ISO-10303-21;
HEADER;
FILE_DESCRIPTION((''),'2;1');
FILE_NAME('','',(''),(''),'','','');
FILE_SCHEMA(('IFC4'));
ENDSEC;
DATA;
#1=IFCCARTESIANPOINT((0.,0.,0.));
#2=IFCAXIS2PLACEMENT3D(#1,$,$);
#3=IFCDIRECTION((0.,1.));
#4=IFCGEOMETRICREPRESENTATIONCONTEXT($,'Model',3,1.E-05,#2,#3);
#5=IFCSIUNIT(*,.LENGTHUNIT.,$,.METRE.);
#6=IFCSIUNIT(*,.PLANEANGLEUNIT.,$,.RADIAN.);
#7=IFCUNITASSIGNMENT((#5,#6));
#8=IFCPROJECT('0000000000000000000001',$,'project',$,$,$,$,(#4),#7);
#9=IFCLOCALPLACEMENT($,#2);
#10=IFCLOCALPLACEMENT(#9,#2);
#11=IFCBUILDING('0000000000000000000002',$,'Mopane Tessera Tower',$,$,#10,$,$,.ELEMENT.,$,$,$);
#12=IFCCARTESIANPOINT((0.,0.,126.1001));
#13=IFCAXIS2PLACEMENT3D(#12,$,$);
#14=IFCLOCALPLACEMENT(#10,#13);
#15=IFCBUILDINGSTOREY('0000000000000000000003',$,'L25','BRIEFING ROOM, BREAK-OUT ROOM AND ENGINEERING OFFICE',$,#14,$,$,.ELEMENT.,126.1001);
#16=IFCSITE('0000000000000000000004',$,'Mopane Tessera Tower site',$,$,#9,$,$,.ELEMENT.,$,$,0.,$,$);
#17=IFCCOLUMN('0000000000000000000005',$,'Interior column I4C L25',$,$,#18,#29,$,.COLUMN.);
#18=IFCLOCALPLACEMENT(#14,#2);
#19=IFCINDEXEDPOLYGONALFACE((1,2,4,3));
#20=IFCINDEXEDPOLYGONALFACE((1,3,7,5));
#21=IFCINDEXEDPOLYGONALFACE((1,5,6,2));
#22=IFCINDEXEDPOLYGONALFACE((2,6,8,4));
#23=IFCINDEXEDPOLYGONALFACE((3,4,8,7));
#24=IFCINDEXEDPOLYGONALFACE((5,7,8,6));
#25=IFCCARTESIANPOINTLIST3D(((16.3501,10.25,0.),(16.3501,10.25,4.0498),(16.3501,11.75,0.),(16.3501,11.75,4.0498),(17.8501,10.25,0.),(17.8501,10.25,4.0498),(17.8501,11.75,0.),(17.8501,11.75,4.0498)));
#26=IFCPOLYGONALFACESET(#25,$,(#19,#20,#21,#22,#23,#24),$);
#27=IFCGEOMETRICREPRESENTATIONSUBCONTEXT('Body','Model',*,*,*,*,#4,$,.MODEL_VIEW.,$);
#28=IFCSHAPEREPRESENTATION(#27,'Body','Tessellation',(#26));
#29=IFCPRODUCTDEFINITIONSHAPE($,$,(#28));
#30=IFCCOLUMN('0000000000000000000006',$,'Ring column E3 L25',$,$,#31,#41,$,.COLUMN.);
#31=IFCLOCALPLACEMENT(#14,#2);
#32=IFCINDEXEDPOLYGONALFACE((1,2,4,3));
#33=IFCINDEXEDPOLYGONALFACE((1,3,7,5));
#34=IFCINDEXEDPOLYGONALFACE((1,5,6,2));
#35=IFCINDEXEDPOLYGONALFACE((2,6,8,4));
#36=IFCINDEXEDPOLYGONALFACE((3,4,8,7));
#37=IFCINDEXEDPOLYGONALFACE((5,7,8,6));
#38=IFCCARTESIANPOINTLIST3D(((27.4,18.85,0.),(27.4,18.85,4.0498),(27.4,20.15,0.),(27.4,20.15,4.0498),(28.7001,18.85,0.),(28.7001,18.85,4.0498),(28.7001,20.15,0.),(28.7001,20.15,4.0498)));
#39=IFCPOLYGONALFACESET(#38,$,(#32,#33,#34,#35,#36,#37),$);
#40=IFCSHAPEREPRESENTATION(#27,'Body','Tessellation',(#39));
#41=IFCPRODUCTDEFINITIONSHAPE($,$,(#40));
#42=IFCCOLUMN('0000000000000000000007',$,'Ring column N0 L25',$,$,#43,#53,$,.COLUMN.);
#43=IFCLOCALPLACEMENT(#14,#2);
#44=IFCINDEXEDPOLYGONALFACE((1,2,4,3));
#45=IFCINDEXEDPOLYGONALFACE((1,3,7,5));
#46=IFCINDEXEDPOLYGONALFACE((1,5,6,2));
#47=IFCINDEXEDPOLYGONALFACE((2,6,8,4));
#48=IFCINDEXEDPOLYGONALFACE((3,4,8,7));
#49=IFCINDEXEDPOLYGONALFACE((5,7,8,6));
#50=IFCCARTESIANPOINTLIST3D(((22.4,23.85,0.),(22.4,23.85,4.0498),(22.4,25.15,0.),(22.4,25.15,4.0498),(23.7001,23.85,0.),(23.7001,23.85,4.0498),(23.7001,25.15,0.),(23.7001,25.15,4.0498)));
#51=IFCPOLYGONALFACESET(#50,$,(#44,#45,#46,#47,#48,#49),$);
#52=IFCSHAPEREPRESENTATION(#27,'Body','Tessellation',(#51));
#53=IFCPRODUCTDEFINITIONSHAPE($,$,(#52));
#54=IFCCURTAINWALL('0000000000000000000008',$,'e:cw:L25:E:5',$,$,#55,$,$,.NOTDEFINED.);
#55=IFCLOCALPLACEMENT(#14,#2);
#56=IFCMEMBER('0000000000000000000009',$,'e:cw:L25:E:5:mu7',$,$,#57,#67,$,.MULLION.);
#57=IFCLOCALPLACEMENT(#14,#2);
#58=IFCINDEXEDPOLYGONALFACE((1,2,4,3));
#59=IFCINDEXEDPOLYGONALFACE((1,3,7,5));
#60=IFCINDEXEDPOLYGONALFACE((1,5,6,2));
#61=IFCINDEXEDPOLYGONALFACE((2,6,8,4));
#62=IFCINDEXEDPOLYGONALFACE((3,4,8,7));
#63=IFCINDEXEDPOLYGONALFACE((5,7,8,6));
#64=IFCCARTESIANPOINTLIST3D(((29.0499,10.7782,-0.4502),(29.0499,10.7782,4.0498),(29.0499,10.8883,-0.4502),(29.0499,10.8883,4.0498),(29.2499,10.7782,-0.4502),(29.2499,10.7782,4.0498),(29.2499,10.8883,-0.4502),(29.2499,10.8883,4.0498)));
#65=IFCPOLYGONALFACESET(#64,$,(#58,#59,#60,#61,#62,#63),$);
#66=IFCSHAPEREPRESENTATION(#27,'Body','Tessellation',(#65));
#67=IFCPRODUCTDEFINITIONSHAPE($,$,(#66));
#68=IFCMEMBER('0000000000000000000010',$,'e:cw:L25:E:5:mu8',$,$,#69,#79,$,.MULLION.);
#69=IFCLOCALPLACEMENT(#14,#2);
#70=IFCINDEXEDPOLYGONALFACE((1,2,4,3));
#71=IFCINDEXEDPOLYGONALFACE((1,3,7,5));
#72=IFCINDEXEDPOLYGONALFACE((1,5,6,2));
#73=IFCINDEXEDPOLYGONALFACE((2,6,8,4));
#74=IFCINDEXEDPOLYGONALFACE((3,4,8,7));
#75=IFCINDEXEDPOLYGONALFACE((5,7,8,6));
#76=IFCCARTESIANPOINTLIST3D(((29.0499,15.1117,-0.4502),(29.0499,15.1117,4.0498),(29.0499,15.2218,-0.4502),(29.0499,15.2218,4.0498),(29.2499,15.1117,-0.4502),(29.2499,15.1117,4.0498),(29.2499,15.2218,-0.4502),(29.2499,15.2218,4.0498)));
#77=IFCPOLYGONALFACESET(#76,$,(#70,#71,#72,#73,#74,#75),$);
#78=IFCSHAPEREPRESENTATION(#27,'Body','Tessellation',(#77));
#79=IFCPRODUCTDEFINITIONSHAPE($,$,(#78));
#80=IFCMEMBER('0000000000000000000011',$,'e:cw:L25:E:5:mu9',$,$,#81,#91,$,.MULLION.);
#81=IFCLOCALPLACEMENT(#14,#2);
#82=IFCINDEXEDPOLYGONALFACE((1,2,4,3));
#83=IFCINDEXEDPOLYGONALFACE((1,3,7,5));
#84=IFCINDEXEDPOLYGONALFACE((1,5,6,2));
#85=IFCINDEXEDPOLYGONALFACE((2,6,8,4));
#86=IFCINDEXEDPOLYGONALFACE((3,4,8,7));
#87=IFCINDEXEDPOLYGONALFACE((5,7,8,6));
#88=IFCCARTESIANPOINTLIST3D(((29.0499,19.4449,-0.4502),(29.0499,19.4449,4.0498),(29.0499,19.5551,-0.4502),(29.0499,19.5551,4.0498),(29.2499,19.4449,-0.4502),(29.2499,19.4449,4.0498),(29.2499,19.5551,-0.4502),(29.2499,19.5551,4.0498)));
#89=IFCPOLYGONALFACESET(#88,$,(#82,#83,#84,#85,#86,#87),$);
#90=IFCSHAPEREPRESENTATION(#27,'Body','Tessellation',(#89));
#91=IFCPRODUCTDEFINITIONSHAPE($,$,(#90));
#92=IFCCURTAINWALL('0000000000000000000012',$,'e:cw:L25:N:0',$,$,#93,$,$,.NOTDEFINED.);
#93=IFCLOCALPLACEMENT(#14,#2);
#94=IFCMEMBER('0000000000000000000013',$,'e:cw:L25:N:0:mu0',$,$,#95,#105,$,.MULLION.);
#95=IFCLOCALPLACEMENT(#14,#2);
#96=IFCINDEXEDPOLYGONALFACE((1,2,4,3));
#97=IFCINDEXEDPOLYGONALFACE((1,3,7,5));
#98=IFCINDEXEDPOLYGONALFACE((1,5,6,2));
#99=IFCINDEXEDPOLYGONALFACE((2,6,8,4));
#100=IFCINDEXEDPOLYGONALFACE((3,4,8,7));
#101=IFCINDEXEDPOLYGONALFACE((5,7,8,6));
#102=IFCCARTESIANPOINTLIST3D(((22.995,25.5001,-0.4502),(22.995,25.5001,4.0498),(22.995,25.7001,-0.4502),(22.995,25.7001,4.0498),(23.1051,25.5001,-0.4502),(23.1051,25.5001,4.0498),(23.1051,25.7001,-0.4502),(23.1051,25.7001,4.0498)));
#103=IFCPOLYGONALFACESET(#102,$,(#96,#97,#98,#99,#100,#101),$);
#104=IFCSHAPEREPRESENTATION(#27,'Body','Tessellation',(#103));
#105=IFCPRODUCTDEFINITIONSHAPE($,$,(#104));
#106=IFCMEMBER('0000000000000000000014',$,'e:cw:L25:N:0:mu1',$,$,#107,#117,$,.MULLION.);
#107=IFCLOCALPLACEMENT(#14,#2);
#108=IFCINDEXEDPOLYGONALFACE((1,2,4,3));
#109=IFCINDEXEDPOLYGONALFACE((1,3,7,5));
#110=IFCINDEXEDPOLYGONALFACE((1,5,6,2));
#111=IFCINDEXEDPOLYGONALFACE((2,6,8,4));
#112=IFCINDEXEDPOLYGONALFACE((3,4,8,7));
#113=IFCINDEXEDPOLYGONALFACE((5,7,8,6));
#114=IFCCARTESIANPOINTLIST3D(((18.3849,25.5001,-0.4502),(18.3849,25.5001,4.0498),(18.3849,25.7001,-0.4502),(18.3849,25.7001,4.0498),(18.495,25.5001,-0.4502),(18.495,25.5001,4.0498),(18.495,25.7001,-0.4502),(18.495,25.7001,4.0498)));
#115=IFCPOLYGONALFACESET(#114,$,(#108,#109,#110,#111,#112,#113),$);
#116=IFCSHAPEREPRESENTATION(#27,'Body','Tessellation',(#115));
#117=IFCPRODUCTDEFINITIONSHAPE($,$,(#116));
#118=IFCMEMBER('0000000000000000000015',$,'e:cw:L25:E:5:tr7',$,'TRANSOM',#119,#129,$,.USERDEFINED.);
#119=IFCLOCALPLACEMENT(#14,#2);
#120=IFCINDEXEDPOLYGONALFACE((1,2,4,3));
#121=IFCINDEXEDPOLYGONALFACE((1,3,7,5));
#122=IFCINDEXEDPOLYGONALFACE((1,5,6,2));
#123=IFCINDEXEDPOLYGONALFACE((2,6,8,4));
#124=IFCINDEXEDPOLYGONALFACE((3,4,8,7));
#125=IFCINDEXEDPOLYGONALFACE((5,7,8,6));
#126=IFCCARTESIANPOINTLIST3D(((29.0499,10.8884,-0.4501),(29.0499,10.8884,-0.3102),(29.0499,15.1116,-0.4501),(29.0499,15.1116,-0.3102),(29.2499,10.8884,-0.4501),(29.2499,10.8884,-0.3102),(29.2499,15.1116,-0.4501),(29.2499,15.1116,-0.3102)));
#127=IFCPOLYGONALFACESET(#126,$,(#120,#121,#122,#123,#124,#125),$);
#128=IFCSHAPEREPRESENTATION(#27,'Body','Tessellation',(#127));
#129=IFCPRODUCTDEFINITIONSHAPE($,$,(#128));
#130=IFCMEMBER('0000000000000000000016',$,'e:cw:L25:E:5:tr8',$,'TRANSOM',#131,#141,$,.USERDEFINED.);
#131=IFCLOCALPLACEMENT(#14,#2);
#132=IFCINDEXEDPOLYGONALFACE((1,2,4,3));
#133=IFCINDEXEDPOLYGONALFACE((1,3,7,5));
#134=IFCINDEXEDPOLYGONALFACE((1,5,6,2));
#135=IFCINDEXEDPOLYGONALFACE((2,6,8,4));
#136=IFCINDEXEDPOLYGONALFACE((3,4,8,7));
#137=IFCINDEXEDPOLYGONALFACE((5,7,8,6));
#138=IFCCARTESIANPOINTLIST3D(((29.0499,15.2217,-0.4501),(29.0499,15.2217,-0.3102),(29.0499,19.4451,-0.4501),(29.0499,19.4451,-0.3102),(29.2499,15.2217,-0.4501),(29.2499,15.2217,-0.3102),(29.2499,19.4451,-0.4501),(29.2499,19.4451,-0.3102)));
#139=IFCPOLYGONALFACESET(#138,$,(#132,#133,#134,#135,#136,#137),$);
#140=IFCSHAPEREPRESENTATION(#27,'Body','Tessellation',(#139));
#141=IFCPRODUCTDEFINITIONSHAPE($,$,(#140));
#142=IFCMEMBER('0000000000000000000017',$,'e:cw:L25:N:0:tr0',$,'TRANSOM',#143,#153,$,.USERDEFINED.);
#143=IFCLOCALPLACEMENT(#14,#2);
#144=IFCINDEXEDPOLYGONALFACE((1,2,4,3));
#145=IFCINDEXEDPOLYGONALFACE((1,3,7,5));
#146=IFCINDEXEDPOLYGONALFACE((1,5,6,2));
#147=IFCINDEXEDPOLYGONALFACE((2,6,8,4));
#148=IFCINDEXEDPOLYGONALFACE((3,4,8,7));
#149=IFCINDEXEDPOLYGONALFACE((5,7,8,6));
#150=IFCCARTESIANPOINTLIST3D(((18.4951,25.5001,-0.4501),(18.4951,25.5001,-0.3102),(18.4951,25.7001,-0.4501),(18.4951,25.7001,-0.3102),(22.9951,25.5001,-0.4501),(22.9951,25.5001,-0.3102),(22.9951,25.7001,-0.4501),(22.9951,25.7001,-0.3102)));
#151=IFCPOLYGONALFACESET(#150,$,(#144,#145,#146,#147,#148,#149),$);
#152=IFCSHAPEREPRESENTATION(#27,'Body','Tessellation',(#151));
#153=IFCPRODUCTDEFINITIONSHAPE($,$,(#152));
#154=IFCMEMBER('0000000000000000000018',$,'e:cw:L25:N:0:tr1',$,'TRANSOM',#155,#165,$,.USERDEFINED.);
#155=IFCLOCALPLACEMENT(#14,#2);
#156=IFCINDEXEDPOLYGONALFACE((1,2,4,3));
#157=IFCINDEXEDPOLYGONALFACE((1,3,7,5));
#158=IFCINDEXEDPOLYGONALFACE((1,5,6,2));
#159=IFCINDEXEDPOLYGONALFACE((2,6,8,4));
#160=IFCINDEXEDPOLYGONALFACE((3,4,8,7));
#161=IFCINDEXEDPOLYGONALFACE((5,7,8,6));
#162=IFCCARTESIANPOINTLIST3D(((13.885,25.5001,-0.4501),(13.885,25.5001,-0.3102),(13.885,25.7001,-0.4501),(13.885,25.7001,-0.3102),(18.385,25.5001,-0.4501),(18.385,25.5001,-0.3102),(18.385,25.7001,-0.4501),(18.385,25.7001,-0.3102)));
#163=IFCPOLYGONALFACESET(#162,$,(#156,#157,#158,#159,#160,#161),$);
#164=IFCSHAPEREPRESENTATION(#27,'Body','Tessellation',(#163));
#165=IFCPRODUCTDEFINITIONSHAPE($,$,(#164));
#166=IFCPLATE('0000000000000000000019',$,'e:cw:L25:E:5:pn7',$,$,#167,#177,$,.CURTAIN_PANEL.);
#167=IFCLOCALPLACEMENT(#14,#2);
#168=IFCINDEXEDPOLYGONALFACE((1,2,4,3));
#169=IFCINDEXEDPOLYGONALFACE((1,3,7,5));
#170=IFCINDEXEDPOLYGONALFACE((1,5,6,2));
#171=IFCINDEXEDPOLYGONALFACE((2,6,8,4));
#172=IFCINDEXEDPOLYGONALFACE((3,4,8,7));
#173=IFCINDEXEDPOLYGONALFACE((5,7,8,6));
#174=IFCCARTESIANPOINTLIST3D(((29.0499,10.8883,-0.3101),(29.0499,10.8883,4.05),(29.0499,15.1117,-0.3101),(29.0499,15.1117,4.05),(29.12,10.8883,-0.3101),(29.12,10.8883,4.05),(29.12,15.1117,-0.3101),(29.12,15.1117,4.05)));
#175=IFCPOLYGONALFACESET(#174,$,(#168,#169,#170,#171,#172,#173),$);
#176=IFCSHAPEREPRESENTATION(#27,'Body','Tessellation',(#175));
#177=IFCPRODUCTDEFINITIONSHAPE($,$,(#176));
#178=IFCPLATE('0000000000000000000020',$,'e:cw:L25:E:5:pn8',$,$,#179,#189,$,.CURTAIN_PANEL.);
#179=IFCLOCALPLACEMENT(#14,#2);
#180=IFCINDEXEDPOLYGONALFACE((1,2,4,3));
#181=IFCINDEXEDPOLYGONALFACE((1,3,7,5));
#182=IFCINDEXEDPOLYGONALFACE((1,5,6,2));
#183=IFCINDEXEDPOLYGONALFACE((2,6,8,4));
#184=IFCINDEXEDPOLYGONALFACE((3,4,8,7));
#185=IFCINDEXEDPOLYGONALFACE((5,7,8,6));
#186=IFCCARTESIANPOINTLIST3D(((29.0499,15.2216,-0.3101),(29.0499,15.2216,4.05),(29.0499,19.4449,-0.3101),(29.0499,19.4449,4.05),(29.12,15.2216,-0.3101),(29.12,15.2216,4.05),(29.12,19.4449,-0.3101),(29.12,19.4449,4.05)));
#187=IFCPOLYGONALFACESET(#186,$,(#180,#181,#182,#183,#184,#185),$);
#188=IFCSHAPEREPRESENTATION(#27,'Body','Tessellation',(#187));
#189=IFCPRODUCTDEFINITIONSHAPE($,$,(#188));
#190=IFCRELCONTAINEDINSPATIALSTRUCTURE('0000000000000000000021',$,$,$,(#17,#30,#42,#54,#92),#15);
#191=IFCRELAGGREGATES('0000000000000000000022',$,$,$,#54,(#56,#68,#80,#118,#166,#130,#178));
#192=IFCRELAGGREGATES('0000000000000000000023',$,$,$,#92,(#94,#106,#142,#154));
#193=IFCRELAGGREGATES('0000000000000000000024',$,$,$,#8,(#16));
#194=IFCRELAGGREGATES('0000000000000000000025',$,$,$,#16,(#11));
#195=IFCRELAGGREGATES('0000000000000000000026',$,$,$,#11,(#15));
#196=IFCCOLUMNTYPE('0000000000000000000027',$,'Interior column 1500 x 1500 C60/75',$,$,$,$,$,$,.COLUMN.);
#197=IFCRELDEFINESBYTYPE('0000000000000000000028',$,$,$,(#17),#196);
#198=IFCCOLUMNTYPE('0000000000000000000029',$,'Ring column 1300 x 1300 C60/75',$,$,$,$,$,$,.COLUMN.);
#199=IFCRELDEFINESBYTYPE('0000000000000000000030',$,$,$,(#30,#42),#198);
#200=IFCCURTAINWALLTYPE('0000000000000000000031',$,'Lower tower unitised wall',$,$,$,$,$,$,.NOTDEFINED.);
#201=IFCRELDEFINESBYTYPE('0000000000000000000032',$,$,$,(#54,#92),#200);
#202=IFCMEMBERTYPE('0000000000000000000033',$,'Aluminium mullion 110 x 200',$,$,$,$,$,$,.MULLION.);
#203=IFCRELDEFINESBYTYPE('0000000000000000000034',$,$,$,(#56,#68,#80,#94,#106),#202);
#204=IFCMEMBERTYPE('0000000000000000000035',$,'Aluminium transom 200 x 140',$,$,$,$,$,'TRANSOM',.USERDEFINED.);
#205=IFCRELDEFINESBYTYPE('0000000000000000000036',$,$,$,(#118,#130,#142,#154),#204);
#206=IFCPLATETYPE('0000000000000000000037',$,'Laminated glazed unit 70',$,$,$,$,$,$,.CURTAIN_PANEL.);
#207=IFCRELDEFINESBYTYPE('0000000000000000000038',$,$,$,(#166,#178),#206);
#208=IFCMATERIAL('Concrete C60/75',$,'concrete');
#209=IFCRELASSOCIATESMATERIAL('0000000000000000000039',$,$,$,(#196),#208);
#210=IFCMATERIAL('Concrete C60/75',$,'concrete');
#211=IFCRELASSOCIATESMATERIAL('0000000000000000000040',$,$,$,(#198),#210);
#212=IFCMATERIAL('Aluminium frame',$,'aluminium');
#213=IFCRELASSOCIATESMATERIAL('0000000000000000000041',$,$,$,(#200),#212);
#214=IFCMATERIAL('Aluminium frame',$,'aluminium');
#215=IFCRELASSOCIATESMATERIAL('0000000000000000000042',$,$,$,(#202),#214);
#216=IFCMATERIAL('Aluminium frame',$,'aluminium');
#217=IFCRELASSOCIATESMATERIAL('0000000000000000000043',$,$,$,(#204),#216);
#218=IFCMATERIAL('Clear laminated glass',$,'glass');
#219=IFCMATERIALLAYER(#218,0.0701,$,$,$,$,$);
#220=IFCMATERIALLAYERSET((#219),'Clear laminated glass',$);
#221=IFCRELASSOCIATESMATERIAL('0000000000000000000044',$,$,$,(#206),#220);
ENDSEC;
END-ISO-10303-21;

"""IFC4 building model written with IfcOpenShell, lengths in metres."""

from ifc_helpers import new_model, si_unit, direction, frame, origin, origin_2d, place, context, subcontext, project, spatial, rectangle, extrude, material, layer, layer_set, material_profile, profile_set, type_object, element, aggregate, save


model = new_model("IFC4")

# Units and contexts
model_context = context("Model", 3, precision=1e-05, world=origin(), true_north=direction((0.0, 1.0)))
body_context = subcontext(model_context, "Body", "Model", "MODEL_VIEW")
ifc_project = project(units=[si_unit("LENGTHUNIT", "METRE"), si_unit("PLANEANGLEUNIT", "RADIAN")], contexts=[model_context])

# Site, building, storey
site_placement = place(None, origin())
site = spatial("IfcSite", under=ifc_project, at=site_placement, Name="Mopane Tessera Tower site", CompositionType="ELEMENT", RefElevation=0.0)
building_placement = place(site_placement, origin())
building = spatial("IfcBuilding", under=site, at=building_placement, Name="Mopane Tessera Tower", CompositionType="ELEMENT")
storey_placement = place(building_placement, frame((0.0, 0.0, 126.1001)))
storey = spatial("IfcBuildingStorey", under=building, at=storey_placement, Name="L25", Description="BRIEFING ROOM, BREAK-OUT ROOM AND ENGINEERING OFFICE", CompositionType="ELEMENT", Elevation=126.1001)

# Columns
ifc_material_1 = material(Name="Concrete C60/75", Category="concrete")
ifc_material_profile_1 = material_profile(ifc_material_1, rectangle(XDim=1.5, YDim=1.5, at=origin_2d()))
ifc_profile_set_1 = profile_set([ifc_material_profile_1], Name="Concrete C60/75")
column_type_1 = type_object("IfcColumnType", Name="Interior column 1500 x 1500 C60/75", PredefinedType="COLUMN", material=ifc_profile_set_1)
column_placement = place(storey_placement, frame((17.1001, 11.0, 0.0), z_axis=(0.0, 0.0, 1.0), x_axis=(1.0, 0.0, 0.0)))
element("IfcColumn", 1, at=column_placement, inside=storey, type_object=column_type_1, Name="Interior column I4C L25", PredefinedType="COLUMN", context=body_context, shape_type="SweptSolid", body=[
    extrude(rectangle(XDim=1.5, YDim=1.5, at=origin_2d()), origin(), (0.0, 0.0, 1.0), 4.0498),
])
ifc_material_2 = material(Name="Concrete C60/75", Category="concrete")
ifc_material_profile_2 = material_profile(ifc_material_2, rectangle(XDim=1.3, YDim=1.3, at=origin_2d()))
ifc_profile_set_2 = profile_set([ifc_material_profile_2], Name="Concrete C60/75")
column_type_2 = type_object("IfcColumnType", Name="Ring column 1300 x 1300 C60/75", PredefinedType="COLUMN", material=ifc_profile_set_2)
for number, where, z_axis, x_axis, name in (
    (2, (28.05, 19.5, 0.0), (0.0, 0.0, 1.0), (1.0, 0.0, 0.0), "Ring column E3 L25"),
    (3, (23.05, 24.5, 0.0), (0.0, 0.0, 1.0), (1.0, 0.0, 0.0), "Ring column N0 L25"),
):
    element("IfcColumn", number, at=place(storey_placement, frame(where, z_axis=z_axis, x_axis=x_axis)), inside=storey, type_object=column_type_2, Name=name, PredefinedType="COLUMN", context=body_context, shape_type="SweptSolid", body=[
        extrude(rectangle(XDim=1.3, YDim=1.3, at=origin_2d()), origin(), (0.0, 0.0, 1.0), 4.0498),
    ])

# Curtain walls, members
ifc_material_3 = material(Name="Aluminium frame", Category="aluminium")
curtain_wall_type = type_object("IfcCurtainWallType", Name="Lower tower unitised wall", PredefinedType="NOTDEFINED", material=ifc_material_3)
curtain_wall_1_placement = place(storey_placement, origin())
curtain_wall_1 = element("IfcCurtainWall", 4, at=curtain_wall_1_placement, inside=storey, type_object=curtain_wall_type, Name="e:cw:L25:E:5", PredefinedType="NOTDEFINED")
ifc_material_4 = material(Name="Aluminium frame", Category="aluminium")
ifc_material_profile_3 = material_profile(ifc_material_4, rectangle(XDim=0.1101, YDim=0.2, at=origin_2d()))
ifc_profile_set_3 = profile_set([ifc_material_profile_3], Name="Aluminium frame")
member_type_1 = type_object("IfcMemberType", Name="Aluminium mullion 110 x 200", PredefinedType="MULLION", material=ifc_profile_set_3)
member_1_placement = place(storey_placement, frame((29.1499, 10.8333, -0.4502), z_axis=(0.0, 0.0, 1.0), x_axis=(0.0, 1.0, 0.0)))
member_1 = element("IfcMember", 5, at=member_1_placement, type_object=member_type_1, Name="e:cw:L25:E:5:mu7", PredefinedType="MULLION", context=body_context, shape_type="SweptSolid", body=[
    extrude(rectangle(XDim=0.1101, YDim=0.2, at=origin_2d()), origin(), (0.0, 0.0, 1.0), 4.5),
])
member_2_placement = place(storey_placement, frame((29.1499, 15.1667, -0.4502), z_axis=(0.0, 0.0, 1.0), x_axis=(0.0, 1.0, 0.0)))
member_2 = element("IfcMember", 6, at=member_2_placement, type_object=member_type_1, Name="e:cw:L25:E:5:mu8", PredefinedType="MULLION", context=body_context, shape_type="SweptSolid", body=[
    extrude(rectangle(XDim=0.1101, YDim=0.2, at=origin_2d()), origin(), (0.0, 0.0, 1.0), 4.5),
])
member_3_placement = place(storey_placement, frame((29.1499, 19.5, -0.4502), z_axis=(0.0, 0.0, 1.0), x_axis=(0.0, 1.0, 0.0)))
member_3 = element("IfcMember", 7, at=member_3_placement, type_object=member_type_1, Name="e:cw:L25:E:5:mu9", PredefinedType="MULLION", context=body_context, shape_type="SweptSolid", body=[
    extrude(rectangle(XDim=0.1101, YDim=0.2, at=origin_2d()), origin(), (0.0, 0.0, 1.0), 4.5),
])
curtain_wall_2_placement = place(storey_placement, origin())
curtain_wall_2 = element("IfcCurtainWall", 8, at=curtain_wall_2_placement, inside=storey, type_object=curtain_wall_type, Name="e:cw:L25:N:0", PredefinedType="NOTDEFINED")
member_4_placement = place(storey_placement, frame((23.05, 25.6001, -0.4502), z_axis=(0.0, 0.0, 1.0), x_axis=(-1.0, 0.0, 0.0)))
member_4 = element("IfcMember", 9, at=member_4_placement, type_object=member_type_1, Name="e:cw:L25:N:0:mu0", PredefinedType="MULLION", context=body_context, shape_type="SweptSolid", body=[
    extrude(rectangle(XDim=0.1101, YDim=0.2, at=origin_2d()), origin(), (0.0, 0.0, 1.0), 4.5),
])
member_5_placement = place(storey_placement, frame((18.4399, 25.6001, -0.4502), z_axis=(0.0, 0.0, 1.0), x_axis=(-1.0, 0.0, 0.0)))
member_5 = element("IfcMember", 10, at=member_5_placement, type_object=member_type_1, Name="e:cw:L25:N:0:mu1", PredefinedType="MULLION", context=body_context, shape_type="SweptSolid", body=[
    extrude(rectangle(XDim=0.1101, YDim=0.2, at=origin_2d()), origin(), (0.0, 0.0, 1.0), 4.5),
])

# Members
ifc_material_5 = material(Name="Aluminium frame", Category="aluminium")
ifc_material_profile_4 = material_profile(ifc_material_5, rectangle(XDim=0.2, YDim=0.1399, at=origin_2d()))
ifc_profile_set_4 = profile_set([ifc_material_profile_4], Name="Aluminium frame")
member_type_2 = type_object("IfcMemberType", Name="Aluminium transom 200 x 140", ElementType="TRANSOM", PredefinedType="USERDEFINED", material=ifc_profile_set_4)
member_6_placement = place(storey_placement, frame((29.1499, 10.8884, -0.3801), z_axis=(0.0, 1.0, 0.0), x_axis=(-1.0, 0.0, 0.0)))
member_6 = element("IfcMember", 11, at=member_6_placement, type_object=member_type_2, Name="e:cw:L25:E:5:tr7", ObjectType="TRANSOM", PredefinedType="USERDEFINED", context=body_context, shape_type="SweptSolid", body=[
    extrude(rectangle(XDim=0.2, YDim=0.1399, at=origin_2d()), origin(), (0.0, 0.0, 1.0), 4.2231),
])
member_7_placement = place(storey_placement, frame((29.1499, 15.2217, -0.3801), z_axis=(0.0, 1.0, 0.0), x_axis=(-1.0, 0.0, 0.0)))
member_7 = element("IfcMember", 12, at=member_7_placement, type_object=member_type_2, Name="e:cw:L25:E:5:tr8", ObjectType="TRANSOM", PredefinedType="USERDEFINED", context=body_context, shape_type="SweptSolid", body=[
    extrude(rectangle(XDim=0.2, YDim=0.1399, at=origin_2d()), origin(), (0.0, 0.0, 1.0), 4.2234),
])
member_8_placement = place(storey_placement, frame((22.9951, 25.6001, -0.3801), z_axis=(-1.0, 0.0, 0.0), x_axis=(0.0, -1.0, 0.0)))
member_8 = element("IfcMember", 13, at=member_8_placement, type_object=member_type_2, Name="e:cw:L25:N:0:tr0", ObjectType="TRANSOM", PredefinedType="USERDEFINED", context=body_context, shape_type="SweptSolid", body=[
    extrude(rectangle(XDim=0.2, YDim=0.1399, at=origin_2d()), origin(), (0.0, 0.0, 1.0), 4.5),
])
member_9_placement = place(storey_placement, frame((18.385, 25.6001, -0.3801), z_axis=(-1.0, 0.0, 0.0), x_axis=(0.0, -1.0, 0.0)))
member_9 = element("IfcMember", 14, at=member_9_placement, type_object=member_type_2, Name="e:cw:L25:N:0:tr1", ObjectType="TRANSOM", PredefinedType="USERDEFINED", context=body_context, shape_type="SweptSolid", body=[
    extrude(rectangle(XDim=0.2, YDim=0.1399, at=origin_2d()), origin(), (0.0, 0.0, 1.0), 4.5),
])

# Plates
ifc_material_6 = material(Name="Clear laminated glass", Category="glass")
ifc_layer_1 = layer(ifc_material_6, 0.0701)
ifc_layer_set_1 = layer_set([ifc_layer_1], Name="Clear laminated glass")
plate_type = type_object("IfcPlateType", Name="Laminated glazed unit 70", PredefinedType="CURTAIN_PANEL", material=ifc_layer_set_1)
plate_1_placement = place(storey_placement, frame((29.085, 13.0, -0.3101), z_axis=(0.0, 0.0, 1.0), x_axis=(0.0, 1.0, 0.0)))
plate_1 = element("IfcPlate", 15, at=plate_1_placement, type_object=plate_type, Name="e:cw:L25:E:5:pn7", PredefinedType="CURTAIN_PANEL", context=body_context, shape_type="SweptSolid", body=[
    extrude(rectangle(XDim=4.2234, YDim=0.0701, at=origin_2d()), origin(), (0.0, 0.0, 1.0), 4.3601),
])
plate_2_placement = place(storey_placement, frame((29.085, 17.3333, -0.3101), z_axis=(0.0, 0.0, 1.0), x_axis=(0.0, 1.0, 0.0)))
plate_2 = element("IfcPlate", 16, at=plate_2_placement, type_object=plate_type, Name="e:cw:L25:E:5:pn8", PredefinedType="CURTAIN_PANEL", context=body_context, shape_type="SweptSolid", body=[
    extrude(rectangle(XDim=4.2234, YDim=0.0701, at=origin_2d()), origin(), (0.0, 0.0, 1.0), 4.3601),
])
aggregate(curtain_wall_1, [member_1, member_2, member_3, member_6, plate_1, member_7, plate_2])
aggregate(curtain_wall_2, [member_4, member_5, member_8, member_9])

save(model, "model.ifc")
